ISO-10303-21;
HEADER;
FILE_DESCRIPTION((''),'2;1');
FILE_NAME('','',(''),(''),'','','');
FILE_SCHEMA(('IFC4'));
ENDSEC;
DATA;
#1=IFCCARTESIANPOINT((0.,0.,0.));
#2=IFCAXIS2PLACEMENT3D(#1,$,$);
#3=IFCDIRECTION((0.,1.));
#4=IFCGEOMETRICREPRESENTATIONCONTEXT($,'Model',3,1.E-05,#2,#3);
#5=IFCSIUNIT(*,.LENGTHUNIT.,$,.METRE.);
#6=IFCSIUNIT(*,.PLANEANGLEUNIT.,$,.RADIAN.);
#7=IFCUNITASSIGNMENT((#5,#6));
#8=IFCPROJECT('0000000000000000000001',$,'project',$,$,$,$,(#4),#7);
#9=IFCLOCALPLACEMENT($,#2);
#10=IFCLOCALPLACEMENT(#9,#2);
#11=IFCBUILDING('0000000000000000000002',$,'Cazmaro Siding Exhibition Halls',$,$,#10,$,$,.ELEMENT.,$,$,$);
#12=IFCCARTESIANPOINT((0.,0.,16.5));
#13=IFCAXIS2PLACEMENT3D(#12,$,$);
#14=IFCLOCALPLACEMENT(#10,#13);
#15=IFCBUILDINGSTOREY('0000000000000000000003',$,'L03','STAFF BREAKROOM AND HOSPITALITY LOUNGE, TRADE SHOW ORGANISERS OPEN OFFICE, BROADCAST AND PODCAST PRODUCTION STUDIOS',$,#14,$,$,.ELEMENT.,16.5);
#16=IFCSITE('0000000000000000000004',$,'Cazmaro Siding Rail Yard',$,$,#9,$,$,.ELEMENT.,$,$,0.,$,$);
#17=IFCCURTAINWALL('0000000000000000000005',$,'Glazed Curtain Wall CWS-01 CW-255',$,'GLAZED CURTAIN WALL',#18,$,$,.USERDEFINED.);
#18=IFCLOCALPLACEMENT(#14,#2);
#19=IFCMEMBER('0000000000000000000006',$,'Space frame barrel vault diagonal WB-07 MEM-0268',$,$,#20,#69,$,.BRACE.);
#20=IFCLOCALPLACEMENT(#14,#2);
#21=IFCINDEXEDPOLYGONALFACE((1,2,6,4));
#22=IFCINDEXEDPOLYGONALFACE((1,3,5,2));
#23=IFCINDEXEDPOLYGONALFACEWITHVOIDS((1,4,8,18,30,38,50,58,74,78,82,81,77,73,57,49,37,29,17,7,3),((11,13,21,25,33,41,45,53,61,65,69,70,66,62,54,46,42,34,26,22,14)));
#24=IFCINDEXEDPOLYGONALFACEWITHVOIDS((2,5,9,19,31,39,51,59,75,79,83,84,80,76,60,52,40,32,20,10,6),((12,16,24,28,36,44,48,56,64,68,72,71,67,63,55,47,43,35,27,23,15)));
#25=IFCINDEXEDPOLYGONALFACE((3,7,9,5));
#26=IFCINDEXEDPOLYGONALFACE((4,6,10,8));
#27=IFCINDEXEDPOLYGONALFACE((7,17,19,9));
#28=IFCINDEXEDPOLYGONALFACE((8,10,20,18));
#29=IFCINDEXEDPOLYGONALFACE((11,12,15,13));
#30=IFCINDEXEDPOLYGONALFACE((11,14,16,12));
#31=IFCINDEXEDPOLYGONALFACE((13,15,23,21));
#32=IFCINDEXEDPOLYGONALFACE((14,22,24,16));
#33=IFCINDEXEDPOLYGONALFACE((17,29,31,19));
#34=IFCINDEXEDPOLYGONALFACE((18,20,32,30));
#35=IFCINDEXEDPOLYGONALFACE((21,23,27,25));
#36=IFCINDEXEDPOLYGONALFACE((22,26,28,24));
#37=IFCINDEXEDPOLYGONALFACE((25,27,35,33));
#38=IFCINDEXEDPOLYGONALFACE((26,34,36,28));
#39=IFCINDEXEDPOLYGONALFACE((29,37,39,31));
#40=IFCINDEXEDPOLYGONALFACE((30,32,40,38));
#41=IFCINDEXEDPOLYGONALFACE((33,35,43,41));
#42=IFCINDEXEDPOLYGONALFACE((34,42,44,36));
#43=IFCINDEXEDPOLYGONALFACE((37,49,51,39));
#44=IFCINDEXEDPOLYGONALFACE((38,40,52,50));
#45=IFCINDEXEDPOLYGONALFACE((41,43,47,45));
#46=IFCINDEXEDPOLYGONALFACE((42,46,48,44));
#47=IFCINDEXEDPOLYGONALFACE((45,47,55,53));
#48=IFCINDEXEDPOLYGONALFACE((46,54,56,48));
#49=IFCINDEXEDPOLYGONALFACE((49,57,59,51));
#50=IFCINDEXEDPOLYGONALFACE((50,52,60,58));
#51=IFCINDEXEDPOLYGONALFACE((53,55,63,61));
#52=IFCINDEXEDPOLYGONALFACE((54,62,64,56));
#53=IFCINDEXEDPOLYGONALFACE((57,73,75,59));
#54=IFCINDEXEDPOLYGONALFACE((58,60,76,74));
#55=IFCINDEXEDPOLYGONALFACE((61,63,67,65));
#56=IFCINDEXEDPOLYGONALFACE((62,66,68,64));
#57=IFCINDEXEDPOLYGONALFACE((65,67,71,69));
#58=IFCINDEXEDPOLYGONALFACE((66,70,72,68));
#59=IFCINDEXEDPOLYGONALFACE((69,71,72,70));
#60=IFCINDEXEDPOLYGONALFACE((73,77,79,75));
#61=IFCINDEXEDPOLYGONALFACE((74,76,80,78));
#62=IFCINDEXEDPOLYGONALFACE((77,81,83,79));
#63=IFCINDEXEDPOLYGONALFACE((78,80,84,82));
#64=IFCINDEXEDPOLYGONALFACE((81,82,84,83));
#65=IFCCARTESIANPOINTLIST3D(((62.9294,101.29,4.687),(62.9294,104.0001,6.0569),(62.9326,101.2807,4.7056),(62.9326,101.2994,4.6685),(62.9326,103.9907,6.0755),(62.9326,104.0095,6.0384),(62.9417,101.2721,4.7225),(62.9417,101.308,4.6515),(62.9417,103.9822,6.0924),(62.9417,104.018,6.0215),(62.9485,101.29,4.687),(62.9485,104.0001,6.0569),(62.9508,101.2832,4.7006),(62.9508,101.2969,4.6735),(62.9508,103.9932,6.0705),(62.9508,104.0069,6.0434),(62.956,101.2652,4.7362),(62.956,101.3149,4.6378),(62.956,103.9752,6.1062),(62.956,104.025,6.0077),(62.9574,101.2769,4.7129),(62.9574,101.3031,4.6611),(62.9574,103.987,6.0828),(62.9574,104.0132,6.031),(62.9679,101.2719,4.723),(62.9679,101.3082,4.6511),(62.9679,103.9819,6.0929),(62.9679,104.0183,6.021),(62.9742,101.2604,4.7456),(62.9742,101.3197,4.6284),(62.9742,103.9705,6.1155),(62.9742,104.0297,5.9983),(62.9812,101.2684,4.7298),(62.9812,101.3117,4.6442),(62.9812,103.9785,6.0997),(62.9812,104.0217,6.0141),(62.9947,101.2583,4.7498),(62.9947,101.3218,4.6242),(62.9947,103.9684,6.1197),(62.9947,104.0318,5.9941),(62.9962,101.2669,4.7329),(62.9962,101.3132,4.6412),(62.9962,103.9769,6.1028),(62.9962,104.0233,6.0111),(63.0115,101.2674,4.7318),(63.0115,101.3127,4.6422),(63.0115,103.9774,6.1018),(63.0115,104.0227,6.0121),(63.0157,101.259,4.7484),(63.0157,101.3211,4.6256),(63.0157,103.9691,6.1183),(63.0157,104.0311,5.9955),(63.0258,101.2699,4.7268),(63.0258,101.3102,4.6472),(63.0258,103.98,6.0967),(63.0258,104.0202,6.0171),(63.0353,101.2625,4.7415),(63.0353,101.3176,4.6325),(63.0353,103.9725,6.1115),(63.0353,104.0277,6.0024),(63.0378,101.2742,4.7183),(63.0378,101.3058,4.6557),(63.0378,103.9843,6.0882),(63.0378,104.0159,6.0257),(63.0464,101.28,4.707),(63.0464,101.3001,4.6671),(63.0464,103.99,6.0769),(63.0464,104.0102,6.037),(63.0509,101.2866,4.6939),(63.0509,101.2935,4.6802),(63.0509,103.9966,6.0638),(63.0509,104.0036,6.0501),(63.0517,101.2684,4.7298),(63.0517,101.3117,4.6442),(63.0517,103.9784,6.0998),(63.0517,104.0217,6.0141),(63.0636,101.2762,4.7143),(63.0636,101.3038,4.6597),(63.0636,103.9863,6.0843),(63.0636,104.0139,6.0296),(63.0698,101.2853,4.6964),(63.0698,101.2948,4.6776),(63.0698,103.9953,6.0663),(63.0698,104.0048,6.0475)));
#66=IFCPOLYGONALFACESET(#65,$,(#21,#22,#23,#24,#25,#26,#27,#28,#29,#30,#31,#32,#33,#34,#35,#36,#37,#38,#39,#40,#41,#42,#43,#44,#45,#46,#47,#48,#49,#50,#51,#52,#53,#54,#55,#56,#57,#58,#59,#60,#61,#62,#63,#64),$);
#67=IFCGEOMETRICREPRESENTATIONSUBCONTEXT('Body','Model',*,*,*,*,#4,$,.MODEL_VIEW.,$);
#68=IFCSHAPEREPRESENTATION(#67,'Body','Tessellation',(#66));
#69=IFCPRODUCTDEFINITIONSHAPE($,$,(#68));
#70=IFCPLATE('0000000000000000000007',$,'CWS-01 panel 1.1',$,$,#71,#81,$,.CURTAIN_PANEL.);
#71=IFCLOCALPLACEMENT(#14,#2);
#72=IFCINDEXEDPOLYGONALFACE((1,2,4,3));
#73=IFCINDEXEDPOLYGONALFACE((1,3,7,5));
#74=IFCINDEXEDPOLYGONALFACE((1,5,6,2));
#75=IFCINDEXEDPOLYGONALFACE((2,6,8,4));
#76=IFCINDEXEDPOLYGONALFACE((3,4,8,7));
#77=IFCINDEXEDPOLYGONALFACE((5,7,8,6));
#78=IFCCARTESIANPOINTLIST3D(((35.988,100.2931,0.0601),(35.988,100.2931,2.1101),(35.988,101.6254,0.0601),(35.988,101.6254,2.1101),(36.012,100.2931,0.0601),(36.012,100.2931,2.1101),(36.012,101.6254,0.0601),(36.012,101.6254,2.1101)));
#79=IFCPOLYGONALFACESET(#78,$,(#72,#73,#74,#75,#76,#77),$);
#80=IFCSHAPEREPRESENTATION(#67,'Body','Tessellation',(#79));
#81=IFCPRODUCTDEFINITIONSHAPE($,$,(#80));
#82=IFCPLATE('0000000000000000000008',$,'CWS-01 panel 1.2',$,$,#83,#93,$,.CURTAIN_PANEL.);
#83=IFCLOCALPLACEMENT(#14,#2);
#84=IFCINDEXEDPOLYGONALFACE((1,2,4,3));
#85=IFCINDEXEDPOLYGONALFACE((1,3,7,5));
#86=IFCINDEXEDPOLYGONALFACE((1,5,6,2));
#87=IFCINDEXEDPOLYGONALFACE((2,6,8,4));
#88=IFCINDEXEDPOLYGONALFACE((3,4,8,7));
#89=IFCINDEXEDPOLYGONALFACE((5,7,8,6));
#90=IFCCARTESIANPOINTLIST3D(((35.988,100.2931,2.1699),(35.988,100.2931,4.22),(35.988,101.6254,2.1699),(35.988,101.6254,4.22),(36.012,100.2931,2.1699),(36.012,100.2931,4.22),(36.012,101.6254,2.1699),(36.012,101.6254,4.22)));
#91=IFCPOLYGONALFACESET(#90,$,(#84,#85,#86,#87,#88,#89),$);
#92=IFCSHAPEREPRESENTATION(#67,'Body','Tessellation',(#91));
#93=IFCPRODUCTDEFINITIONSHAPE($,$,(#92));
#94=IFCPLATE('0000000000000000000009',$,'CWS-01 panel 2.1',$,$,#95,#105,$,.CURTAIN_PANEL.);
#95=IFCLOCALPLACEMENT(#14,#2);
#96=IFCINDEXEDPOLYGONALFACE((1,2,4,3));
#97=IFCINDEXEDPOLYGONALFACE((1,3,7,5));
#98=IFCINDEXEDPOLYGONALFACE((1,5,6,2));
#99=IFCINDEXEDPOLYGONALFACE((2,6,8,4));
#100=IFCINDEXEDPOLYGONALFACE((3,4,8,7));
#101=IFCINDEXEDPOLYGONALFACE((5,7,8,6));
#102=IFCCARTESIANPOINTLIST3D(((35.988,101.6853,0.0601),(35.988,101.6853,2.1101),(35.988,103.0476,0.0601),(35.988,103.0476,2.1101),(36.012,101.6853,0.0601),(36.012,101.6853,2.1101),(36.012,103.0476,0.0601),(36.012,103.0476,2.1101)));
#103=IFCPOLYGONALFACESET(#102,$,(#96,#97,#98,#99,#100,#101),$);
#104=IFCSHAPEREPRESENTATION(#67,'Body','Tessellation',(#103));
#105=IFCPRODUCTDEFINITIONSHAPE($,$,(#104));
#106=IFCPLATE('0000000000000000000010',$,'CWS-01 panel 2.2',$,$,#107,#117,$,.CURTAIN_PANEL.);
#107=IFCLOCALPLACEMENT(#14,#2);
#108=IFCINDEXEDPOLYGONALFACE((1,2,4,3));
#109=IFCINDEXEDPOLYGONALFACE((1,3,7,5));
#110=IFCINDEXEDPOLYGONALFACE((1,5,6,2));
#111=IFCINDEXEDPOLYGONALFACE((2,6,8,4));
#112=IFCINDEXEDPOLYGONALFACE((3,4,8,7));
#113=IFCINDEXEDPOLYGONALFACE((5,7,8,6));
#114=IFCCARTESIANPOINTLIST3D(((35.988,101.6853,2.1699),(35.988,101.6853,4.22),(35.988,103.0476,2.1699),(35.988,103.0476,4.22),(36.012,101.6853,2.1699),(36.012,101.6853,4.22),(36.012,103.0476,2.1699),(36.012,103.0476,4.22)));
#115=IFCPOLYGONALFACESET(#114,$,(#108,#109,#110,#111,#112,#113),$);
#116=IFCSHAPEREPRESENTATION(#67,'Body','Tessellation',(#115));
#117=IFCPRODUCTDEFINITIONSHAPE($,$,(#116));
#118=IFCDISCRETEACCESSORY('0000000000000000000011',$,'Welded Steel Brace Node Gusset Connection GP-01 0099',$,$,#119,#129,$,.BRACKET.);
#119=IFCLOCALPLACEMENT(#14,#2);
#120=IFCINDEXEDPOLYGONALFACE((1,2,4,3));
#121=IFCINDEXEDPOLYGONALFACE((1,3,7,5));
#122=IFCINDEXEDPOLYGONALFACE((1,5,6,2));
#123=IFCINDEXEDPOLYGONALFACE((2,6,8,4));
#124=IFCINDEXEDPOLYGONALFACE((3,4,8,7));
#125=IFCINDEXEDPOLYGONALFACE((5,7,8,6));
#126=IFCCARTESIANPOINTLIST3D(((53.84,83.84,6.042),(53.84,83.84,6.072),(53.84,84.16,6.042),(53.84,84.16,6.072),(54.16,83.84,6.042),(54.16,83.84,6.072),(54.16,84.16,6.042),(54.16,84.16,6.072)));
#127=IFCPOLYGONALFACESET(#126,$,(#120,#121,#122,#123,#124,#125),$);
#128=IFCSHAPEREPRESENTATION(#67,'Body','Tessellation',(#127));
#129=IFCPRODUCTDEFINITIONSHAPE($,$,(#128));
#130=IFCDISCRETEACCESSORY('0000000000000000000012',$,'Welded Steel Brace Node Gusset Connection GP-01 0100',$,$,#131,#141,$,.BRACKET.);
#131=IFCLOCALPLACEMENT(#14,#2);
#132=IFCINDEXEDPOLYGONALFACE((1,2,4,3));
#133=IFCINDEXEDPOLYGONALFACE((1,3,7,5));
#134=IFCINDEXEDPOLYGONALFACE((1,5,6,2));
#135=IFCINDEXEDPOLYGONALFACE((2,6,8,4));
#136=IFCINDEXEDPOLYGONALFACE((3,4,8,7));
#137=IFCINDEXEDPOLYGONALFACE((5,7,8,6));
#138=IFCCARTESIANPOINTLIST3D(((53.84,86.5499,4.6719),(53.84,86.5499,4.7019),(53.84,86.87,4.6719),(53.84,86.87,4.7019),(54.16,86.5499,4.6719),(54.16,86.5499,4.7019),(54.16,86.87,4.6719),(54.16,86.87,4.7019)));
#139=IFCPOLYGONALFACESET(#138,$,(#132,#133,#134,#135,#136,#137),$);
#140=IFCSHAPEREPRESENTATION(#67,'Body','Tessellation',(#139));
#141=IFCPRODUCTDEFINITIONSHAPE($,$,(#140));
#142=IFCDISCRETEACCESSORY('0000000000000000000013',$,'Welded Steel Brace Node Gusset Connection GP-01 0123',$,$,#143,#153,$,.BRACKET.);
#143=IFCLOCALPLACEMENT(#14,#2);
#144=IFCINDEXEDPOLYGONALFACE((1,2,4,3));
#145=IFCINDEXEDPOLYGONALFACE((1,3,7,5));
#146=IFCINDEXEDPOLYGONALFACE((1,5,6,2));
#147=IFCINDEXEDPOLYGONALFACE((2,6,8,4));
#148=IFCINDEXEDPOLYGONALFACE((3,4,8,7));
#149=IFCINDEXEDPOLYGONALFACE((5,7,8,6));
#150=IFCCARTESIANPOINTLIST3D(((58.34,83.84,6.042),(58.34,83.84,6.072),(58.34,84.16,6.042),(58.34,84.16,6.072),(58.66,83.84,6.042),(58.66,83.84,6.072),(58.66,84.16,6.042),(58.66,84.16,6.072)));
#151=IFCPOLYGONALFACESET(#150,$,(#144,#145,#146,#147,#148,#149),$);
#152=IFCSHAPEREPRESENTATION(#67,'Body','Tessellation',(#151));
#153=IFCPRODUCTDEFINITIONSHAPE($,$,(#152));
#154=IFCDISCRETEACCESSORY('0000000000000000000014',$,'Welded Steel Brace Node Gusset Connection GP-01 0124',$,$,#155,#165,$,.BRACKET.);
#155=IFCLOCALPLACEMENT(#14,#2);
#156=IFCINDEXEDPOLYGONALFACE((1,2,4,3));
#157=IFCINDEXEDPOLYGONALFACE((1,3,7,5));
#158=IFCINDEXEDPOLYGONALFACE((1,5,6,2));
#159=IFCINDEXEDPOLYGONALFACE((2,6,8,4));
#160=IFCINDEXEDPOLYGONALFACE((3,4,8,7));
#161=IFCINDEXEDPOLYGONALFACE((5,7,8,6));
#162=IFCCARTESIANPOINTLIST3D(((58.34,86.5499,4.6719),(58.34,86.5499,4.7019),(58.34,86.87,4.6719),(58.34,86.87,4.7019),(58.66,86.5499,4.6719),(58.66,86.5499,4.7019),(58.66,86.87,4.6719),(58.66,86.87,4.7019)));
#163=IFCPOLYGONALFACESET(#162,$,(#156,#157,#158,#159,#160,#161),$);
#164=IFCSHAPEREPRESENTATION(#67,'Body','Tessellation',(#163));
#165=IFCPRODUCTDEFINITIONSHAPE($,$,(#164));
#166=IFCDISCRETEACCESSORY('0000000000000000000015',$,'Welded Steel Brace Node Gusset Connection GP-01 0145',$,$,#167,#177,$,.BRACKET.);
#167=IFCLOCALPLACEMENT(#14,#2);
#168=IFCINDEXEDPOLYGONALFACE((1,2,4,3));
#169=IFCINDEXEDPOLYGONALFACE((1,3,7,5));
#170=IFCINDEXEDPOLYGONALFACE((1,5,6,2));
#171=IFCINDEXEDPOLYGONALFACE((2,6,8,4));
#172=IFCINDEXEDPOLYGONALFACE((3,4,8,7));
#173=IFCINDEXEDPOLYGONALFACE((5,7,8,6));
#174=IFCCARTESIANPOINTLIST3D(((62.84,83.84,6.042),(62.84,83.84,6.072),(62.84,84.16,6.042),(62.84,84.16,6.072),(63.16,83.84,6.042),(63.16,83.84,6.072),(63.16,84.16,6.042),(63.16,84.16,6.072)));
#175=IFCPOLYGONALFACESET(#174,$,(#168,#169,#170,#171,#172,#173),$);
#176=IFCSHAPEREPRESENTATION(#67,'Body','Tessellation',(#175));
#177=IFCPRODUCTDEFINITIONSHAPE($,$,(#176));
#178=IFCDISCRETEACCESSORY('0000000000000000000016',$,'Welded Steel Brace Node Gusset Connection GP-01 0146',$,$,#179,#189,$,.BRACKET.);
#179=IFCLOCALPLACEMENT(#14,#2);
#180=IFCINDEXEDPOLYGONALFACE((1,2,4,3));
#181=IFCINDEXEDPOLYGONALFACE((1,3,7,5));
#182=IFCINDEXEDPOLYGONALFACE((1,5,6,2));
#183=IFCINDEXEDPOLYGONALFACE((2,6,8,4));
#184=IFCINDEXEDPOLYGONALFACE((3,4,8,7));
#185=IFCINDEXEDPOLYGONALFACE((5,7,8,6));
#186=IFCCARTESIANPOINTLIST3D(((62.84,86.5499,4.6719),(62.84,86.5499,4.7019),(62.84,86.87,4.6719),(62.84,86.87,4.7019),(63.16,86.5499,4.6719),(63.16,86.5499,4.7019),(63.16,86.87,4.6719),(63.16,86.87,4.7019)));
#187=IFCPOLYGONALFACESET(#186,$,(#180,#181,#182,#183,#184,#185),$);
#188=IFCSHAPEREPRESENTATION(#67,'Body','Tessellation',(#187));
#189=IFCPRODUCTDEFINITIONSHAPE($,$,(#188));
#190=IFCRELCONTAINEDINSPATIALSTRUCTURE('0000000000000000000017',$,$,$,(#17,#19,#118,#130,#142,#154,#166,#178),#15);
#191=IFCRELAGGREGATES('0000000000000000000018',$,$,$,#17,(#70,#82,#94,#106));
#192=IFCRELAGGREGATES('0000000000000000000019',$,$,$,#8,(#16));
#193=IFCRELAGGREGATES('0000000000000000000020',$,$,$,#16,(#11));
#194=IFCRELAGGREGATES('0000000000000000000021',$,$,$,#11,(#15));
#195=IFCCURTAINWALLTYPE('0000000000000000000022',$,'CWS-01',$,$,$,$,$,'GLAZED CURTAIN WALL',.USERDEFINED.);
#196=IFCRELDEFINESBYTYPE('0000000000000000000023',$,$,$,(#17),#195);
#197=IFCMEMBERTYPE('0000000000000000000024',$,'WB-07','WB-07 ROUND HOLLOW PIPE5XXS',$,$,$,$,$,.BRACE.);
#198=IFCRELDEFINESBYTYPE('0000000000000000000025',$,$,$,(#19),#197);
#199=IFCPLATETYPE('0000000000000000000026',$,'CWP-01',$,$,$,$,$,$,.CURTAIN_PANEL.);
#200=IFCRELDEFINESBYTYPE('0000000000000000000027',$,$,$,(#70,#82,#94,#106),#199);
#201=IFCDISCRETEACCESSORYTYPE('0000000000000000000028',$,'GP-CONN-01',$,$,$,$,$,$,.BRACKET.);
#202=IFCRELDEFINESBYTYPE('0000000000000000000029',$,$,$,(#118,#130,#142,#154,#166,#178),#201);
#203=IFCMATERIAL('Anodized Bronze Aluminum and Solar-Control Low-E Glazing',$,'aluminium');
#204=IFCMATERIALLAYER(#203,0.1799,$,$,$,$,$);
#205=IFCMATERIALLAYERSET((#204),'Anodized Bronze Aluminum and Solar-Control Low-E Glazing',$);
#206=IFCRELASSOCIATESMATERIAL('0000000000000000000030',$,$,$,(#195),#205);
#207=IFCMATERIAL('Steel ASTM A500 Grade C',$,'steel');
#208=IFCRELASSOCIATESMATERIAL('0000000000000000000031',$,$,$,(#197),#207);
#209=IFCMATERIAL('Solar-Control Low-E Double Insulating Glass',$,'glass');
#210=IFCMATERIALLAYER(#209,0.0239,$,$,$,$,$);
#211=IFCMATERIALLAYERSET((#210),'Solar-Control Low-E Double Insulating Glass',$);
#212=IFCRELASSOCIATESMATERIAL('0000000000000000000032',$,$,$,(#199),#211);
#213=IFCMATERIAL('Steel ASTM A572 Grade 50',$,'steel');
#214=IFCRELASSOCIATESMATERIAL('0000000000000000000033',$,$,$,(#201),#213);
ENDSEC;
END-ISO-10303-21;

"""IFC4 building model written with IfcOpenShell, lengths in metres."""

from ifc_helpers import new_model, si_unit, direction, frame, origin, origin_2d, place, context, subcontext, project, spatial, rectangle, hollow_circle, extrude, material, layer, layer_set, material_profile, profile_set, type_object, element, aggregate, save


model = new_model("IFC4")

# Units and contexts
model_context = context("Model", 3, precision=1e-05, world=origin(), true_north=direction((0.0, 1.0)))
body_context = subcontext(model_context, "Body", "Model", "MODEL_VIEW")
ifc_project = project(units=[si_unit("LENGTHUNIT", "METRE"), si_unit("PLANEANGLEUNIT", "RADIAN")], contexts=[model_context])

# Site, building, storey
site_placement = place(None, origin())
site = spatial("IfcSite", under=ifc_project, at=site_placement, Name="Cazmaro Siding Rail Yard", CompositionType="ELEMENT", RefElevation=0.0)
building_placement = place(site_placement, origin())
building = spatial("IfcBuilding", under=site, at=building_placement, Name="Cazmaro Siding Exhibition Halls", CompositionType="ELEMENT")
storey_placement = place(building_placement, frame((0.0, 0.0, 16.5)))
storey = spatial("IfcBuildingStorey", under=building, at=storey_placement, Name="L03", Description="STAFF BREAKROOM AND HOSPITALITY LOUNGE, TRADE SHOW ORGANISERS OPEN OFFICE, BROADCAST AND PODCAST PRODUCTION STUDIOS", CompositionType="ELEMENT", Elevation=16.5)

# Curtain wall
ifc_material_1 = material(Name="Anodized Bronze Aluminum and Solar-Control Low-E Glazing", Category="aluminium")
ifc_layer_1 = layer(ifc_material_1, 0.1799)
ifc_layer_set_1 = layer_set([ifc_layer_1], Name="Anodized Bronze Aluminum and Solar-Control Low-E Glazing")
curtain_wall_type = type_object("IfcCurtainWallType", Name="CWS-01", ElementType="GLAZED CURTAIN WALL", PredefinedType="USERDEFINED", material=ifc_layer_set_1)
curtain_wall_placement = place(storey_placement, origin())
curtain_wall = element("IfcCurtainWall", 1, at=curtain_wall_placement, inside=storey, type_object=curtain_wall_type, Name="Glazed Curtain Wall CWS-01 CW-255", ObjectType="GLAZED CURTAIN WALL", PredefinedType="USERDEFINED")

# Member
ifc_material_2 = material(Name="Steel ASTM A500 Grade C", Category="steel")
ifc_material_profile_1 = material_profile(ifc_material_2, hollow_circle(Radius=0.0706, WallThickness=0.019, at=origin_2d()), Name="PIPE5XXS")
ifc_profile_set_1 = profile_set([ifc_material_profile_1], Name="Steel ASTM A500 Grade C")
member_type_1 = type_object("IfcMemberType", Name="WB-07", Description="WB-07 ROUND HOLLOW PIPE5XXS", PredefinedType="BRACE", material=ifc_profile_set_1)
for number, where, z_axis, x_axis, name in (
    (2, (63.0, 101.29, 4.687), (0.0, 0.892457, 0.451133), (-1.0, 0.0, 0.0), "Space frame barrel vault diagonal WB-07 MEM-0268"),
):
    element("IfcMember", number, at=place(storey_placement, frame(where, z_axis=z_axis, x_axis=x_axis)), inside=storey, type_object=member_type_1, Name=name, PredefinedType="BRACE", context=body_context, shape_type="SweptSolid", body=[
        extrude(hollow_circle(Radius=0.0706, WallThickness=0.019, at=origin_2d()), origin(), (0.0, 0.0, 1.0), 3.0366),
    ])

# Plates
ifc_material_3 = material(Name="Solar-Control Low-E Double Insulating Glass", Category="glass")
ifc_layer_2 = layer(ifc_material_3, 0.0239)
ifc_layer_set_2 = layer_set([ifc_layer_2], Name="Solar-Control Low-E Double Insulating Glass")
plate_type = type_object("IfcPlateType", Name="CWP-01", PredefinedType="CURTAIN_PANEL", material=ifc_layer_set_2)
plate_1_placement = place(storey_placement, frame((36.0, 100.9592, 0.0601), z_axis=(0.0, 0.0, 1.0), x_axis=(0.0, 1.0, 0.0)))
plate_1 = element("IfcPlate", 3, at=plate_1_placement, type_object=plate_type, Name="CWS-01 panel 1.1", PredefinedType="CURTAIN_PANEL", context=body_context, shape_type="SweptSolid", body=[
    extrude(rectangle(XDim=1.3323, YDim=0.0239, at=origin_2d()), origin(), (0.0, 0.0, 1.0), 2.05),
])
plate_2_placement = place(storey_placement, frame((36.0, 100.9592, 2.1699), z_axis=(0.0, 0.0, 1.0), x_axis=(0.0, 1.0, 0.0)))
plate_2 = element("IfcPlate", 4, at=plate_2_placement, type_object=plate_type, Name="CWS-01 panel 1.2", PredefinedType="CURTAIN_PANEL", context=body_context, shape_type="SweptSolid", body=[
    extrude(rectangle(XDim=1.3323, YDim=0.0239, at=origin_2d()), origin(), (0.0, 0.0, 1.0), 2.05),
])
plate_3_placement = place(storey_placement, frame((36.0, 102.3665, 0.0601), z_axis=(0.0, 0.0, 1.0), x_axis=(0.0, 1.0, 0.0)))
plate_3 = element("IfcPlate", 5, at=plate_3_placement, type_object=plate_type, Name="CWS-01 panel 2.1", PredefinedType="CURTAIN_PANEL", context=body_context, shape_type="SweptSolid", body=[
    extrude(rectangle(XDim=1.3623, YDim=0.0239, at=origin_2d()), origin(), (0.0, 0.0, 1.0), 2.05),
])
plate_4_placement = place(storey_placement, frame((36.0, 102.3665, 2.1699), z_axis=(0.0, 0.0, 1.0), x_axis=(0.0, 1.0, 0.0)))
plate_4 = element("IfcPlate", 6, at=plate_4_placement, type_object=plate_type, Name="CWS-01 panel 2.2", PredefinedType="CURTAIN_PANEL", context=body_context, shape_type="SweptSolid", body=[
    extrude(rectangle(XDim=1.3623, YDim=0.0239, at=origin_2d()), origin(), (0.0, 0.0, 1.0), 2.05),
])
aggregate(curtain_wall, [plate_1, plate_2, plate_3, plate_4])

# Discrete accessories
ifc_material_4 = material(Name="Steel ASTM A572 Grade 50", Category="steel")
discrete_accessory_type = type_object("IfcDiscreteAccessoryType", Name="GP-CONN-01", PredefinedType="BRACKET", material=ifc_material_4)
for number, where, z_axis, x_axis, name in (
    (7, (54.0, 84.0, 6.042), (0.0, 0.0, 1.0), (1.0, 0.0, 0.0), "Welded Steel Brace Node Gusset Connection GP-01 0099"),
    (8, (54.0, 86.71, 4.6719), (0.0, 0.0, 1.0), (1.0, 0.0, 0.0), "Welded Steel Brace Node Gusset Connection GP-01 0100"),
    (9, (58.5, 84.0, 6.042), (0.0, 0.0, 1.0), (1.0, 0.0, 0.0), "Welded Steel Brace Node Gusset Connection GP-01 0123"),
    (10, (58.5, 86.71, 4.6719), (0.0, 0.0, 1.0), (1.0, 0.0, 0.0), "Welded Steel Brace Node Gusset Connection GP-01 0124"),
    (11, (63.0, 84.0, 6.042), (0.0, 0.0, 1.0), (1.0, 0.0, 0.0), "Welded Steel Brace Node Gusset Connection GP-01 0145"),
    (12, (63.0, 86.71, 4.6719), (0.0, 0.0, 1.0), (1.0, 0.0, 0.0), "Welded Steel Brace Node Gusset Connection GP-01 0146"),
):
    element("IfcDiscreteAccessory", number, at=place(storey_placement, frame(where, z_axis=z_axis, x_axis=x_axis)), inside=storey, type_object=discrete_accessory_type, Name=name, PredefinedType="BRACKET", context=body_context, shape_type="SweptSolid", body=[
        extrude(rectangle(XDim=0.3201, YDim=0.3201, at=origin_2d()), origin(), (0.0, 0.0, 1.0), 0.03),
    ])

save(model, "model.ifc")
